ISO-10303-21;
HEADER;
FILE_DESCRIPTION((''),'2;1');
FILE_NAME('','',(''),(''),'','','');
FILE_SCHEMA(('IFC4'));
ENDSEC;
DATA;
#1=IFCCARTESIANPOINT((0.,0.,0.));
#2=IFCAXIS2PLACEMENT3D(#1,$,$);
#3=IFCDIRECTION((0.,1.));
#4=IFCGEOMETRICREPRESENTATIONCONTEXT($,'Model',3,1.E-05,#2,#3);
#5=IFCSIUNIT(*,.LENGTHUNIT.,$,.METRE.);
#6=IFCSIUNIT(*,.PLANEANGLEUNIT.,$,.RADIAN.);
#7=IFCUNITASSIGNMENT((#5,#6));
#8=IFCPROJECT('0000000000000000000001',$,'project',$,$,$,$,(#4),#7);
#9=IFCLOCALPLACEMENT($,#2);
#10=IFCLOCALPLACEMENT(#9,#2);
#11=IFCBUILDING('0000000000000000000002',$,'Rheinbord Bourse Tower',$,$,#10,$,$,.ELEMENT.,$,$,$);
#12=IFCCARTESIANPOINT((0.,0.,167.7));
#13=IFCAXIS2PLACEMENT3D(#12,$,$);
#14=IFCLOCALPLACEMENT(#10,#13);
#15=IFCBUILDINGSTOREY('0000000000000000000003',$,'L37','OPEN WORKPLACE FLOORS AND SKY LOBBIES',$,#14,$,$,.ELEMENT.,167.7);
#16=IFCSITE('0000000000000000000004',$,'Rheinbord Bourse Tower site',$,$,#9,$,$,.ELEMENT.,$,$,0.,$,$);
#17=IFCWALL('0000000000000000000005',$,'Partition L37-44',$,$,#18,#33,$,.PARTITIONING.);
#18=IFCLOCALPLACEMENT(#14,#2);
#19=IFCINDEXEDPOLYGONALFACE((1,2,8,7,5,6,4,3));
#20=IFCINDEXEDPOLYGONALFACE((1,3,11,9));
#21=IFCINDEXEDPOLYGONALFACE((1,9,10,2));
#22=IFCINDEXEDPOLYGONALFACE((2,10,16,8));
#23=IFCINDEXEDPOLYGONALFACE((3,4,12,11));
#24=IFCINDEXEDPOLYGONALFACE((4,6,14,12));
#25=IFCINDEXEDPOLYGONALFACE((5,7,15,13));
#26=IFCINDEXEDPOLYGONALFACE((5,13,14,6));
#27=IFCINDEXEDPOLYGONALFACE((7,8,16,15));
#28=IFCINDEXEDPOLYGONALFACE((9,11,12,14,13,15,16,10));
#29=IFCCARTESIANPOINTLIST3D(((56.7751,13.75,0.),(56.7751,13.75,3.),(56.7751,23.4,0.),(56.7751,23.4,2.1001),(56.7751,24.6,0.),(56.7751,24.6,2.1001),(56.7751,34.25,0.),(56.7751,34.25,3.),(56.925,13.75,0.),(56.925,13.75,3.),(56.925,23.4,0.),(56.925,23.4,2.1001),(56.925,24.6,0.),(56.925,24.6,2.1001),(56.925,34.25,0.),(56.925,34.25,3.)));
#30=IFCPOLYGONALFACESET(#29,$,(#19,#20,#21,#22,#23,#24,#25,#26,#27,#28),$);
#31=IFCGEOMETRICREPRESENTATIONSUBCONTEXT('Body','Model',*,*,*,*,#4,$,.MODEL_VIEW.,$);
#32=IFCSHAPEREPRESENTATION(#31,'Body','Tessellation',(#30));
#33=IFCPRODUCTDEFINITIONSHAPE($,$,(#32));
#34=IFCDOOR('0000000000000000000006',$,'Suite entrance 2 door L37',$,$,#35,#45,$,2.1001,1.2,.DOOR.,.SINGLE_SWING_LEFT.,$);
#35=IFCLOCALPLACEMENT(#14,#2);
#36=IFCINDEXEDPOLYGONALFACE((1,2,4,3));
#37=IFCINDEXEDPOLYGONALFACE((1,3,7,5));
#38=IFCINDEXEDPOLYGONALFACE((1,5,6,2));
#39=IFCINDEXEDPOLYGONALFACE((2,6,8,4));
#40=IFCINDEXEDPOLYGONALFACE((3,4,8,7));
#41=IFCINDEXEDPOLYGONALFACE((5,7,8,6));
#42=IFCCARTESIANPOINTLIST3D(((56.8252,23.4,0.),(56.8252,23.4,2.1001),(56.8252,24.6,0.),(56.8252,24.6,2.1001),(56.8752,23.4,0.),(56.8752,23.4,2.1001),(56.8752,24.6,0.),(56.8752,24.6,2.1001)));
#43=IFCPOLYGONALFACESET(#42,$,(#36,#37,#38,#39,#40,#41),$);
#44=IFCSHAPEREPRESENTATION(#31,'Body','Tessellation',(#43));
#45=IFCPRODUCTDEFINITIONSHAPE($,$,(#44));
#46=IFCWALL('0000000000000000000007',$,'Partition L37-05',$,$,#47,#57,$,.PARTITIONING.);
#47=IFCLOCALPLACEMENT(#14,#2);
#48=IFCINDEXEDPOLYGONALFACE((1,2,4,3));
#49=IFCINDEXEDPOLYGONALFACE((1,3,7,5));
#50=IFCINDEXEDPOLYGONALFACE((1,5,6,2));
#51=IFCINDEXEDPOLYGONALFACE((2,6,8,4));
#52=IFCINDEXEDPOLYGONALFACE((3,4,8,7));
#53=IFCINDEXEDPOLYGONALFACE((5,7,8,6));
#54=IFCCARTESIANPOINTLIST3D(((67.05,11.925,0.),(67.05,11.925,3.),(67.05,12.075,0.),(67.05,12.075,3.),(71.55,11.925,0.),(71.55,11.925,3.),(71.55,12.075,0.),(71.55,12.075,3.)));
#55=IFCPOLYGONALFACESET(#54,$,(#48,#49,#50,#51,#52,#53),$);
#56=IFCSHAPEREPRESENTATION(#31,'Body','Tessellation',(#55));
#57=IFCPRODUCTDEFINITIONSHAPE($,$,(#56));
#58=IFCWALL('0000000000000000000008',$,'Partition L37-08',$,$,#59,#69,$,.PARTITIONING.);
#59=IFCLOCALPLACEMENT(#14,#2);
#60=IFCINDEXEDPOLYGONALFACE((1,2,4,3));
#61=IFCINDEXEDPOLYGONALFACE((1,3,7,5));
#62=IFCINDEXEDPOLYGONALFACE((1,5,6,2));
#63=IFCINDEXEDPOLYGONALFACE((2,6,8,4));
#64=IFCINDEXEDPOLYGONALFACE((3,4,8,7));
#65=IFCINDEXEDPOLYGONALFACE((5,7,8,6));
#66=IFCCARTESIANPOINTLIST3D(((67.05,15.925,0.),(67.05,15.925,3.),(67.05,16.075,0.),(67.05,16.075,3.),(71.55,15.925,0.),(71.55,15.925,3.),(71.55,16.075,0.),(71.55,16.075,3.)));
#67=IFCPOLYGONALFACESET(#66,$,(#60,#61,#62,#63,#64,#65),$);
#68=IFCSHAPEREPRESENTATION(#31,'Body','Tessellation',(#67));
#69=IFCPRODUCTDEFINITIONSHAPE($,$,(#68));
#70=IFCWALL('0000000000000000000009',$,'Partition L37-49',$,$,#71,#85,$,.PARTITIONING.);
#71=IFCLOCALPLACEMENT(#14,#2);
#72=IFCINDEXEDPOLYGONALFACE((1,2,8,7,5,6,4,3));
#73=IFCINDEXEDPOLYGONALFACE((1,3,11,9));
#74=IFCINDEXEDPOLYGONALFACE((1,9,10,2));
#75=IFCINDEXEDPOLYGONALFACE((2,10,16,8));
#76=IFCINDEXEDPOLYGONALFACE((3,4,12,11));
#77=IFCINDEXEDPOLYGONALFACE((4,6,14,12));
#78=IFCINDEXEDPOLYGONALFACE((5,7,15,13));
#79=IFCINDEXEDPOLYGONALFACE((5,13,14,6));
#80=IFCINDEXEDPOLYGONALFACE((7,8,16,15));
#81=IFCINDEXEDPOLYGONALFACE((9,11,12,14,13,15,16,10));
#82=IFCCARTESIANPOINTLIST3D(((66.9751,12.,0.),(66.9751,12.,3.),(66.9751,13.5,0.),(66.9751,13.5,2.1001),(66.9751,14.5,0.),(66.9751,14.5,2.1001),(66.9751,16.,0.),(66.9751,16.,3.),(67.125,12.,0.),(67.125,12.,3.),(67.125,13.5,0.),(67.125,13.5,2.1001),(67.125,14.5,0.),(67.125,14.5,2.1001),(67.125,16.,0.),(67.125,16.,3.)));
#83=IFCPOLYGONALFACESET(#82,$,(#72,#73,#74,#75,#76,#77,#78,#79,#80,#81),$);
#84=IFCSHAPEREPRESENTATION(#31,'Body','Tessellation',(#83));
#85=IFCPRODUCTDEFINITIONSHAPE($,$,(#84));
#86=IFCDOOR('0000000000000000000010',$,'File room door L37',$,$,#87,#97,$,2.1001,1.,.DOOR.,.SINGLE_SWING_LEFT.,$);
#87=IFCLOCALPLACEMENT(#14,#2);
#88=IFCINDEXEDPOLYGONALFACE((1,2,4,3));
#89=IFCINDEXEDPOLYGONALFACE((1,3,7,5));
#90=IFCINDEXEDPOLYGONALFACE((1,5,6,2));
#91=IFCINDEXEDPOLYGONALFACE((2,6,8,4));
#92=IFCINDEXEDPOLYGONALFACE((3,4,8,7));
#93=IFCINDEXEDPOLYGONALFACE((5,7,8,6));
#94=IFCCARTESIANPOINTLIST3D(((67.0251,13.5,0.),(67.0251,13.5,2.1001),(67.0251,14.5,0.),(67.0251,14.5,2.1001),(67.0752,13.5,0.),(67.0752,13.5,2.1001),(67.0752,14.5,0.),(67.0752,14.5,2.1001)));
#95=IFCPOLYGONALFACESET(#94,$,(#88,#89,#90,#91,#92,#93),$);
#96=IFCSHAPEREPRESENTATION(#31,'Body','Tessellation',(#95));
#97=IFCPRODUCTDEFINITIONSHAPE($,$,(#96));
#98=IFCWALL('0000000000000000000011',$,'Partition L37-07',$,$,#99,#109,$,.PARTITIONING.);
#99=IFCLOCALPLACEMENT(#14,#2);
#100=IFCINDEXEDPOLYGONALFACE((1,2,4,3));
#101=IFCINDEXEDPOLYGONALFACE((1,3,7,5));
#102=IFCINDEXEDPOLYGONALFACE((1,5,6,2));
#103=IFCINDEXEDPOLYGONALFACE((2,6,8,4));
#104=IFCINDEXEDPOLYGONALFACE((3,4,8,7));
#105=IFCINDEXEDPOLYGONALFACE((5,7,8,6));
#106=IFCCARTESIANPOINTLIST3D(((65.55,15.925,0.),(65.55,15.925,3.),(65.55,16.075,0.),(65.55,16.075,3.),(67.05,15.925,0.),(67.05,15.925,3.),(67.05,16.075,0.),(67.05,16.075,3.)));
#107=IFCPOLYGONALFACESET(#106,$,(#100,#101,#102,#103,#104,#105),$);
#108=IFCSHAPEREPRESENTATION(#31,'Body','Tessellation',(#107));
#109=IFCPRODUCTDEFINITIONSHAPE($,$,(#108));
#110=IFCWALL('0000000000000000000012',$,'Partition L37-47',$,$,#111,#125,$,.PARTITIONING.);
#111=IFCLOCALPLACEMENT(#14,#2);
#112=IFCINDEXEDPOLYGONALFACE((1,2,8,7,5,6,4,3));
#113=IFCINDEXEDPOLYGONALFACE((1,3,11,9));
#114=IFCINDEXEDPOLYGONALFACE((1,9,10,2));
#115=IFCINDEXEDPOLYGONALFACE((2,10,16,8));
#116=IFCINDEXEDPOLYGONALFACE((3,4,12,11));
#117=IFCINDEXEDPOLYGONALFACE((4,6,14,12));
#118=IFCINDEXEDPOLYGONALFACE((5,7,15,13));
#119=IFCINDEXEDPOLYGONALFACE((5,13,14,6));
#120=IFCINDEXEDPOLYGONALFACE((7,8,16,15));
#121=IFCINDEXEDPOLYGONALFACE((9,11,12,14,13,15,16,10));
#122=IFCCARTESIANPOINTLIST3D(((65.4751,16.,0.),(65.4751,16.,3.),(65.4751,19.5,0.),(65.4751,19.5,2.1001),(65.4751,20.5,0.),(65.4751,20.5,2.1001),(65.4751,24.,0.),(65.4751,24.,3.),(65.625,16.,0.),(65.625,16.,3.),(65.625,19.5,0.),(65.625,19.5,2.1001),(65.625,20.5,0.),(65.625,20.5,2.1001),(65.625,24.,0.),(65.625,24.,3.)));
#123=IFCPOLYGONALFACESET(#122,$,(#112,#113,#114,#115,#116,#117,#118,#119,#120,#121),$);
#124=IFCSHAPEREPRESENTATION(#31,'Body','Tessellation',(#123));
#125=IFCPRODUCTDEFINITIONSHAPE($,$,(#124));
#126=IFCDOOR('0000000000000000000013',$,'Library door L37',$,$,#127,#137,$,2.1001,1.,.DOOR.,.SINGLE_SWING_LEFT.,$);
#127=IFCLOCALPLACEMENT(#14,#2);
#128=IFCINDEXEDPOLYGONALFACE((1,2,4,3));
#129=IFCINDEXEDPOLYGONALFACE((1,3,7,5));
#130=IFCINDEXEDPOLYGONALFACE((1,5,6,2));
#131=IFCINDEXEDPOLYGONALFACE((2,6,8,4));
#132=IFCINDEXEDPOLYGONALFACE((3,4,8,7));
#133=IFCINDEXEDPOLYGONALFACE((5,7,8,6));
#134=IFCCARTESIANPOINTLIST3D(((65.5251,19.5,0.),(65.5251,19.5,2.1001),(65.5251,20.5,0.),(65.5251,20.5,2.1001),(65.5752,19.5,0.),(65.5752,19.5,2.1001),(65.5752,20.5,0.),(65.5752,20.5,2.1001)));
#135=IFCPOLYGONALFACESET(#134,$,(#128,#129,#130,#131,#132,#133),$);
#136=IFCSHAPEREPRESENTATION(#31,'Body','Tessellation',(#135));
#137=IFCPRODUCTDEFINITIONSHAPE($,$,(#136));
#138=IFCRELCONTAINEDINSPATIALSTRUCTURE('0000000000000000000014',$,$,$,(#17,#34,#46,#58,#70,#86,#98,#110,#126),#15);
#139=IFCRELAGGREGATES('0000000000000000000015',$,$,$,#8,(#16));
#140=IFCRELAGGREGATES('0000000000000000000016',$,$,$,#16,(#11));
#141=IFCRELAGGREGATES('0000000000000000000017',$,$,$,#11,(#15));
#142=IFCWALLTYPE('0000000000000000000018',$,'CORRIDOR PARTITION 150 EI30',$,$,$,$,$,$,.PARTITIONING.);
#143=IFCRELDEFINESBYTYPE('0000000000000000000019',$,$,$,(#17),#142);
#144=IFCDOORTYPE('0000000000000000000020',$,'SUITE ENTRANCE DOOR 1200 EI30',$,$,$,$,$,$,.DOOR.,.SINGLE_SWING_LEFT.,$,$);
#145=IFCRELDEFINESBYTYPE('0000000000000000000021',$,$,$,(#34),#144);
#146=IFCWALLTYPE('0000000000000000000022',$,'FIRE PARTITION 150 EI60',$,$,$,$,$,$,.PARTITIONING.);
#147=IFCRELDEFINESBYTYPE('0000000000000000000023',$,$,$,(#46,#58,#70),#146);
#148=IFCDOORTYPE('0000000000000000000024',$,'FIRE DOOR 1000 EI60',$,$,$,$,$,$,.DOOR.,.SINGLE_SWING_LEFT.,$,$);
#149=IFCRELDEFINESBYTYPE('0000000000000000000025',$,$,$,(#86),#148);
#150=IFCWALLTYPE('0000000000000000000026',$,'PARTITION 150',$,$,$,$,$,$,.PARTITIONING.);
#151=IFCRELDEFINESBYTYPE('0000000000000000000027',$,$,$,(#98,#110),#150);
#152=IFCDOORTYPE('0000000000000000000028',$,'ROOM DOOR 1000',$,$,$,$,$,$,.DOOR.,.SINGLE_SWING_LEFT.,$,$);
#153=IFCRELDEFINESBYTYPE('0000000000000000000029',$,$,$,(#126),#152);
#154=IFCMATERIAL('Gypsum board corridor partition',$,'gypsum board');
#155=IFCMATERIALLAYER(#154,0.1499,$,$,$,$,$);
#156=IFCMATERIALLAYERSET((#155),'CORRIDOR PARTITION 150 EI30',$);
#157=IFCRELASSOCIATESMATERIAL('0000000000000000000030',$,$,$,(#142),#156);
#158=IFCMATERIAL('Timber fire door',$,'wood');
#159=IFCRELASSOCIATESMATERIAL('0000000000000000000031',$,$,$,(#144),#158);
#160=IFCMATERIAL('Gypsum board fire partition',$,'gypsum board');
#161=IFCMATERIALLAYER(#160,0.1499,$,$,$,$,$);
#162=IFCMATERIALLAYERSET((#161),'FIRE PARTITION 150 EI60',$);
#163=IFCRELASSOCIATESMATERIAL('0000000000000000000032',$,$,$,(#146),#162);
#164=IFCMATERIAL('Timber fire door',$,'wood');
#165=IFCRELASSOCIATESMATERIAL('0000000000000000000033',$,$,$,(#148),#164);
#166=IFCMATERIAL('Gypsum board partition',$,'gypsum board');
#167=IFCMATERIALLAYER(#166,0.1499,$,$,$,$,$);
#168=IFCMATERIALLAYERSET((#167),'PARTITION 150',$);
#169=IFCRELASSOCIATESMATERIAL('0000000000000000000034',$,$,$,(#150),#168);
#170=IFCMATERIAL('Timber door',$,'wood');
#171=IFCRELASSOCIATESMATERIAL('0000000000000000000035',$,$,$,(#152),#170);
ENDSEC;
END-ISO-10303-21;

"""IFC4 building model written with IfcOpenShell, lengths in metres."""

from ifc_helpers import new_model, si_unit, direction, frame, frame_2d, origin, place, context, subcontext, project, spatial, rectangle, extrude, material, layer, layer_set, type_object, element, fill, save


model = new_model("IFC4")

# Units and contexts
model_context = context("Model", 3, precision=1e-05, world=origin(), true_north=direction((0.0, 1.0)))
body_context = subcontext(model_context, "Body", "Model", "MODEL_VIEW")
ifc_project = project(units=[si_unit("LENGTHUNIT", "METRE"), si_unit("PLANEANGLEUNIT", "RADIAN")], contexts=[model_context])

# Site, building, storey
site_placement = place(None, origin())
site = spatial("IfcSite", under=ifc_project, at=site_placement, Name="Rheinbord Bourse Tower site", CompositionType="ELEMENT", RefElevation=0.0)
building_placement = place(site_placement, origin())
building = spatial("IfcBuilding", under=site, at=building_placement, Name="Rheinbord Bourse Tower", CompositionType="ELEMENT")
storey_placement = place(building_placement, frame((0.0, 0.0, 167.7)))
storey = spatial("IfcBuildingStorey", under=building, at=storey_placement, Name="L37", Description="OPEN WORKPLACE FLOORS AND SKY LOBBIES", CompositionType="ELEMENT", Elevation=167.7)

# Wall, opening, door
ifc_material_1 = material(Name="Gypsum board corridor partition", Category="gypsum board")
ifc_layer_1 = layer(ifc_material_1, 0.1499)
ifc_layer_set_1 = layer_set([ifc_layer_1], Name="CORRIDOR PARTITION 150 EI30")
wall_type_1 = type_object("IfcWallType", Name="CORRIDOR PARTITION 150 EI30", PredefinedType="PARTITIONING", material=ifc_layer_set_1)
wall_1_placement = place(storey_placement, frame((56.8501, 13.75, 0.0), z_axis=(0.0, 0.0, 1.0), x_axis=(0.0, 1.0, 0.0)))
wall_1 = element("IfcWall", 1, at=wall_1_placement, inside=storey, type_object=wall_type_1, Name="Partition L37-44", PredefinedType="PARTITIONING", context=body_context, shape_type="SweptSolid", body=[
    extrude(rectangle(XDim=20.5, YDim=0.1499, at=frame_2d((10.25, 0.0))), origin(), (0.0, 0.0, 1.0), 3.0),
])
opening_1_placement = place(wall_1_placement, frame((9.6499, 0.0, 0.0)))
opening_1 = element("IfcOpeningElement", 2, at=opening_1_placement, cuts=wall_1, PredefinedType="OPENING", context=body_context, shape_type="SweptSolid", body=[
    extrude(rectangle(XDim=1.2, YDim=2.1001, at=frame_2d((0.6001, 1.05))), frame((0.0, 0.085, 0.0), z_axis=(0.0, -1.0, 0.0), x_axis=(1.0, 0.0, 0.0)), (0.0, 0.0, 1.0), 0.1699),
])
ifc_material_2 = material(Name="Timber fire door", Category="wood")
door_type_1 = type_object("IfcDoorType", Name="SUITE ENTRANCE DOOR 1200 EI30", OperationType="SINGLE_SWING_LEFT", PredefinedType="DOOR", material=ifc_material_2)
door_1_placement = place(opening_1_placement, origin())
door_1 = element("IfcDoor", 3, at=door_1_placement, inside=storey, type_object=door_type_1, Name="Suite entrance 2 door L37", OperationType="SINGLE_SWING_LEFT", OverallHeight=2.1001, OverallWidth=1.2, PredefinedType="DOOR", context=body_context, shape_type="SweptSolid", body=[
    extrude(rectangle(XDim=1.2, YDim=2.1001, at=frame_2d((0.6001, 1.05))), frame((0.0, 0.0249, 0.0), z_axis=(0.0, -1.0, 0.0), x_axis=(1.0, 0.0, 0.0)), (0.0, 0.0, 1.0), 0.05),
])
fill(opening_1, door_1)

# Walls
ifc_material_3 = material(Name="Gypsum board fire partition", Category="gypsum board")
ifc_layer_2 = layer(ifc_material_3, 0.1499)
ifc_layer_set_2 = layer_set([ifc_layer_2], Name="FIRE PARTITION 150 EI60")
wall_type_2 = type_object("IfcWallType", Name="FIRE PARTITION 150 EI60", PredefinedType="PARTITIONING", material=ifc_layer_set_2)
for number, where, z_axis, x_axis, name in (
    (4, (67.05, 12.0, 0.0), (0.0, 0.0, 1.0), (1.0, 0.0, 0.0), "Partition L37-05"),
    (5, (67.05, 16.0, 0.0), (0.0, 0.0, 1.0), (1.0, 0.0, 0.0), "Partition L37-08"),
):
    element("IfcWall", number, at=place(storey_placement, frame(where, z_axis=z_axis, x_axis=x_axis)), inside=storey, type_object=wall_type_2, Name=name, PredefinedType="PARTITIONING", context=body_context, shape_type="SweptSolid", body=[
        extrude(rectangle(XDim=4.5, YDim=0.1499, at=frame_2d((2.25, 0.0))), origin(), (0.0, 0.0, 1.0), 3.0),
    ])

# Wall, opening, door
wall_2_placement = place(storey_placement, frame((67.05, 12.0, 0.0), z_axis=(0.0, 0.0, 1.0), x_axis=(0.0, 1.0, 0.0)))
wall_2 = element("IfcWall", 6, at=wall_2_placement, inside=storey, type_object=wall_type_2, Name="Partition L37-49", PredefinedType="PARTITIONING", context=body_context, shape_type="SweptSolid", body=[
    extrude(rectangle(XDim=4.0, YDim=0.1499, at=frame_2d((2.0, 0.0))), origin(), (0.0, 0.0, 1.0), 3.0),
])
opening_2_placement = place(wall_2_placement, frame((1.5, 0.0, 0.0)))
opening_2 = element("IfcOpeningElement", 7, at=opening_2_placement, cuts=wall_2, PredefinedType="OPENING", context=body_context, shape_type="SweptSolid", body=[
    extrude(rectangle(XDim=1.0, YDim=2.1001, at=frame_2d((0.5, 1.05))), frame((0.0, 0.085, 0.0), z_axis=(0.0, -1.0, 0.0), x_axis=(1.0, 0.0, 0.0)), (0.0, 0.0, 1.0), 0.1699),
])
ifc_material_4 = material(Name="Timber fire door", Category="wood")
door_type_2 = type_object("IfcDoorType", Name="FIRE DOOR 1000 EI60", OperationType="SINGLE_SWING_LEFT", PredefinedType="DOOR", material=ifc_material_4)
door_2_placement = place(opening_2_placement, origin())
door_2 = element("IfcDoor", 8, at=door_2_placement, inside=storey, type_object=door_type_2, Name="File room door L37", OperationType="SINGLE_SWING_LEFT", OverallHeight=2.1001, OverallWidth=1.0, PredefinedType="DOOR", context=body_context, shape_type="SweptSolid", body=[
    extrude(rectangle(XDim=1.0, YDim=2.1001, at=frame_2d((0.5, 1.05))), frame((0.0, 0.0249, 0.0), z_axis=(0.0, -1.0, 0.0), x_axis=(1.0, 0.0, 0.0)), (0.0, 0.0, 1.0), 0.05),
])
fill(opening_2, door_2)

# Wall
ifc_material_5 = material(Name="Gypsum board partition", Category="gypsum board")
ifc_layer_3 = layer(ifc_material_5, 0.1499)
ifc_layer_set_3 = layer_set([ifc_layer_3], Name="PARTITION 150")
wall_type_3 = type_object("IfcWallType", Name="PARTITION 150", PredefinedType="PARTITIONING", material=ifc_layer_set_3)
wall_3_placement = place(storey_placement, frame((65.55, 16.0, 0.0), z_axis=(0.0, 0.0, 1.0), x_axis=(1.0, 0.0, 0.0)))
element("IfcWall", 9, at=wall_3_placement, inside=storey, type_object=wall_type_3, Name="Partition L37-07", PredefinedType="PARTITIONING", context=body_context, shape_type="SweptSolid", body=[
    extrude(rectangle(XDim=1.5, YDim=0.1499, at=frame_2d((0.75, 0.0))), origin(), (0.0, 0.0, 1.0), 3.0),
])

# Wall, opening, door
wall_4_placement = place(storey_placement, frame((65.55, 16.0, 0.0), z_axis=(0.0, 0.0, 1.0), x_axis=(0.0, 1.0, 0.0)))
wall_4 = element("IfcWall", 10, at=wall_4_placement, inside=storey, type_object=wall_type_3, Name="Partition L37-47", PredefinedType="PARTITIONING", context=body_context, shape_type="SweptSolid", body=[
    extrude(rectangle(XDim=8.0, YDim=0.1499, at=frame_2d((4.0, 0.0))), origin(), (0.0, 0.0, 1.0), 3.0),
])
opening_3_placement = place(wall_4_placement, frame((3.5, 0.0, 0.0)))
opening_3 = element("IfcOpeningElement", 11, at=opening_3_placement, cuts=wall_4, PredefinedType="OPENING", context=body_context, shape_type="SweptSolid", body=[
    extrude(rectangle(XDim=1.0, YDim=2.1001, at=frame_2d((0.5, 1.05))), frame((0.0, 0.085, 0.0), z_axis=(0.0, -1.0, 0.0), x_axis=(1.0, 0.0, 0.0)), (0.0, 0.0, 1.0), 0.1699),
])
ifc_material_6 = material(Name="Timber door", Category="wood")
door_type_3 = type_object("IfcDoorType", Name="ROOM DOOR 1000", OperationType="SINGLE_SWING_LEFT", PredefinedType="DOOR", material=ifc_material_6)
door_3_placement = place(opening_3_placement, origin())
door_3 = element("IfcDoor", 12, at=door_3_placement, inside=storey, type_object=door_type_3, Name="Library door L37", OperationType="SINGLE_SWING_LEFT", OverallHeight=2.1001, OverallWidth=1.0, PredefinedType="DOOR", context=body_context, shape_type="SweptSolid", body=[
    extrude(rectangle(XDim=1.0, YDim=2.1001, at=frame_2d((0.5, 1.05))), frame((0.0, 0.0249, 0.0), z_axis=(0.0, -1.0, 0.0), x_axis=(1.0, 0.0, 0.0)), (0.0, 0.0, 1.0), 0.05),
])
fill(opening_3, door_3)

save(model, "model.ifc")
